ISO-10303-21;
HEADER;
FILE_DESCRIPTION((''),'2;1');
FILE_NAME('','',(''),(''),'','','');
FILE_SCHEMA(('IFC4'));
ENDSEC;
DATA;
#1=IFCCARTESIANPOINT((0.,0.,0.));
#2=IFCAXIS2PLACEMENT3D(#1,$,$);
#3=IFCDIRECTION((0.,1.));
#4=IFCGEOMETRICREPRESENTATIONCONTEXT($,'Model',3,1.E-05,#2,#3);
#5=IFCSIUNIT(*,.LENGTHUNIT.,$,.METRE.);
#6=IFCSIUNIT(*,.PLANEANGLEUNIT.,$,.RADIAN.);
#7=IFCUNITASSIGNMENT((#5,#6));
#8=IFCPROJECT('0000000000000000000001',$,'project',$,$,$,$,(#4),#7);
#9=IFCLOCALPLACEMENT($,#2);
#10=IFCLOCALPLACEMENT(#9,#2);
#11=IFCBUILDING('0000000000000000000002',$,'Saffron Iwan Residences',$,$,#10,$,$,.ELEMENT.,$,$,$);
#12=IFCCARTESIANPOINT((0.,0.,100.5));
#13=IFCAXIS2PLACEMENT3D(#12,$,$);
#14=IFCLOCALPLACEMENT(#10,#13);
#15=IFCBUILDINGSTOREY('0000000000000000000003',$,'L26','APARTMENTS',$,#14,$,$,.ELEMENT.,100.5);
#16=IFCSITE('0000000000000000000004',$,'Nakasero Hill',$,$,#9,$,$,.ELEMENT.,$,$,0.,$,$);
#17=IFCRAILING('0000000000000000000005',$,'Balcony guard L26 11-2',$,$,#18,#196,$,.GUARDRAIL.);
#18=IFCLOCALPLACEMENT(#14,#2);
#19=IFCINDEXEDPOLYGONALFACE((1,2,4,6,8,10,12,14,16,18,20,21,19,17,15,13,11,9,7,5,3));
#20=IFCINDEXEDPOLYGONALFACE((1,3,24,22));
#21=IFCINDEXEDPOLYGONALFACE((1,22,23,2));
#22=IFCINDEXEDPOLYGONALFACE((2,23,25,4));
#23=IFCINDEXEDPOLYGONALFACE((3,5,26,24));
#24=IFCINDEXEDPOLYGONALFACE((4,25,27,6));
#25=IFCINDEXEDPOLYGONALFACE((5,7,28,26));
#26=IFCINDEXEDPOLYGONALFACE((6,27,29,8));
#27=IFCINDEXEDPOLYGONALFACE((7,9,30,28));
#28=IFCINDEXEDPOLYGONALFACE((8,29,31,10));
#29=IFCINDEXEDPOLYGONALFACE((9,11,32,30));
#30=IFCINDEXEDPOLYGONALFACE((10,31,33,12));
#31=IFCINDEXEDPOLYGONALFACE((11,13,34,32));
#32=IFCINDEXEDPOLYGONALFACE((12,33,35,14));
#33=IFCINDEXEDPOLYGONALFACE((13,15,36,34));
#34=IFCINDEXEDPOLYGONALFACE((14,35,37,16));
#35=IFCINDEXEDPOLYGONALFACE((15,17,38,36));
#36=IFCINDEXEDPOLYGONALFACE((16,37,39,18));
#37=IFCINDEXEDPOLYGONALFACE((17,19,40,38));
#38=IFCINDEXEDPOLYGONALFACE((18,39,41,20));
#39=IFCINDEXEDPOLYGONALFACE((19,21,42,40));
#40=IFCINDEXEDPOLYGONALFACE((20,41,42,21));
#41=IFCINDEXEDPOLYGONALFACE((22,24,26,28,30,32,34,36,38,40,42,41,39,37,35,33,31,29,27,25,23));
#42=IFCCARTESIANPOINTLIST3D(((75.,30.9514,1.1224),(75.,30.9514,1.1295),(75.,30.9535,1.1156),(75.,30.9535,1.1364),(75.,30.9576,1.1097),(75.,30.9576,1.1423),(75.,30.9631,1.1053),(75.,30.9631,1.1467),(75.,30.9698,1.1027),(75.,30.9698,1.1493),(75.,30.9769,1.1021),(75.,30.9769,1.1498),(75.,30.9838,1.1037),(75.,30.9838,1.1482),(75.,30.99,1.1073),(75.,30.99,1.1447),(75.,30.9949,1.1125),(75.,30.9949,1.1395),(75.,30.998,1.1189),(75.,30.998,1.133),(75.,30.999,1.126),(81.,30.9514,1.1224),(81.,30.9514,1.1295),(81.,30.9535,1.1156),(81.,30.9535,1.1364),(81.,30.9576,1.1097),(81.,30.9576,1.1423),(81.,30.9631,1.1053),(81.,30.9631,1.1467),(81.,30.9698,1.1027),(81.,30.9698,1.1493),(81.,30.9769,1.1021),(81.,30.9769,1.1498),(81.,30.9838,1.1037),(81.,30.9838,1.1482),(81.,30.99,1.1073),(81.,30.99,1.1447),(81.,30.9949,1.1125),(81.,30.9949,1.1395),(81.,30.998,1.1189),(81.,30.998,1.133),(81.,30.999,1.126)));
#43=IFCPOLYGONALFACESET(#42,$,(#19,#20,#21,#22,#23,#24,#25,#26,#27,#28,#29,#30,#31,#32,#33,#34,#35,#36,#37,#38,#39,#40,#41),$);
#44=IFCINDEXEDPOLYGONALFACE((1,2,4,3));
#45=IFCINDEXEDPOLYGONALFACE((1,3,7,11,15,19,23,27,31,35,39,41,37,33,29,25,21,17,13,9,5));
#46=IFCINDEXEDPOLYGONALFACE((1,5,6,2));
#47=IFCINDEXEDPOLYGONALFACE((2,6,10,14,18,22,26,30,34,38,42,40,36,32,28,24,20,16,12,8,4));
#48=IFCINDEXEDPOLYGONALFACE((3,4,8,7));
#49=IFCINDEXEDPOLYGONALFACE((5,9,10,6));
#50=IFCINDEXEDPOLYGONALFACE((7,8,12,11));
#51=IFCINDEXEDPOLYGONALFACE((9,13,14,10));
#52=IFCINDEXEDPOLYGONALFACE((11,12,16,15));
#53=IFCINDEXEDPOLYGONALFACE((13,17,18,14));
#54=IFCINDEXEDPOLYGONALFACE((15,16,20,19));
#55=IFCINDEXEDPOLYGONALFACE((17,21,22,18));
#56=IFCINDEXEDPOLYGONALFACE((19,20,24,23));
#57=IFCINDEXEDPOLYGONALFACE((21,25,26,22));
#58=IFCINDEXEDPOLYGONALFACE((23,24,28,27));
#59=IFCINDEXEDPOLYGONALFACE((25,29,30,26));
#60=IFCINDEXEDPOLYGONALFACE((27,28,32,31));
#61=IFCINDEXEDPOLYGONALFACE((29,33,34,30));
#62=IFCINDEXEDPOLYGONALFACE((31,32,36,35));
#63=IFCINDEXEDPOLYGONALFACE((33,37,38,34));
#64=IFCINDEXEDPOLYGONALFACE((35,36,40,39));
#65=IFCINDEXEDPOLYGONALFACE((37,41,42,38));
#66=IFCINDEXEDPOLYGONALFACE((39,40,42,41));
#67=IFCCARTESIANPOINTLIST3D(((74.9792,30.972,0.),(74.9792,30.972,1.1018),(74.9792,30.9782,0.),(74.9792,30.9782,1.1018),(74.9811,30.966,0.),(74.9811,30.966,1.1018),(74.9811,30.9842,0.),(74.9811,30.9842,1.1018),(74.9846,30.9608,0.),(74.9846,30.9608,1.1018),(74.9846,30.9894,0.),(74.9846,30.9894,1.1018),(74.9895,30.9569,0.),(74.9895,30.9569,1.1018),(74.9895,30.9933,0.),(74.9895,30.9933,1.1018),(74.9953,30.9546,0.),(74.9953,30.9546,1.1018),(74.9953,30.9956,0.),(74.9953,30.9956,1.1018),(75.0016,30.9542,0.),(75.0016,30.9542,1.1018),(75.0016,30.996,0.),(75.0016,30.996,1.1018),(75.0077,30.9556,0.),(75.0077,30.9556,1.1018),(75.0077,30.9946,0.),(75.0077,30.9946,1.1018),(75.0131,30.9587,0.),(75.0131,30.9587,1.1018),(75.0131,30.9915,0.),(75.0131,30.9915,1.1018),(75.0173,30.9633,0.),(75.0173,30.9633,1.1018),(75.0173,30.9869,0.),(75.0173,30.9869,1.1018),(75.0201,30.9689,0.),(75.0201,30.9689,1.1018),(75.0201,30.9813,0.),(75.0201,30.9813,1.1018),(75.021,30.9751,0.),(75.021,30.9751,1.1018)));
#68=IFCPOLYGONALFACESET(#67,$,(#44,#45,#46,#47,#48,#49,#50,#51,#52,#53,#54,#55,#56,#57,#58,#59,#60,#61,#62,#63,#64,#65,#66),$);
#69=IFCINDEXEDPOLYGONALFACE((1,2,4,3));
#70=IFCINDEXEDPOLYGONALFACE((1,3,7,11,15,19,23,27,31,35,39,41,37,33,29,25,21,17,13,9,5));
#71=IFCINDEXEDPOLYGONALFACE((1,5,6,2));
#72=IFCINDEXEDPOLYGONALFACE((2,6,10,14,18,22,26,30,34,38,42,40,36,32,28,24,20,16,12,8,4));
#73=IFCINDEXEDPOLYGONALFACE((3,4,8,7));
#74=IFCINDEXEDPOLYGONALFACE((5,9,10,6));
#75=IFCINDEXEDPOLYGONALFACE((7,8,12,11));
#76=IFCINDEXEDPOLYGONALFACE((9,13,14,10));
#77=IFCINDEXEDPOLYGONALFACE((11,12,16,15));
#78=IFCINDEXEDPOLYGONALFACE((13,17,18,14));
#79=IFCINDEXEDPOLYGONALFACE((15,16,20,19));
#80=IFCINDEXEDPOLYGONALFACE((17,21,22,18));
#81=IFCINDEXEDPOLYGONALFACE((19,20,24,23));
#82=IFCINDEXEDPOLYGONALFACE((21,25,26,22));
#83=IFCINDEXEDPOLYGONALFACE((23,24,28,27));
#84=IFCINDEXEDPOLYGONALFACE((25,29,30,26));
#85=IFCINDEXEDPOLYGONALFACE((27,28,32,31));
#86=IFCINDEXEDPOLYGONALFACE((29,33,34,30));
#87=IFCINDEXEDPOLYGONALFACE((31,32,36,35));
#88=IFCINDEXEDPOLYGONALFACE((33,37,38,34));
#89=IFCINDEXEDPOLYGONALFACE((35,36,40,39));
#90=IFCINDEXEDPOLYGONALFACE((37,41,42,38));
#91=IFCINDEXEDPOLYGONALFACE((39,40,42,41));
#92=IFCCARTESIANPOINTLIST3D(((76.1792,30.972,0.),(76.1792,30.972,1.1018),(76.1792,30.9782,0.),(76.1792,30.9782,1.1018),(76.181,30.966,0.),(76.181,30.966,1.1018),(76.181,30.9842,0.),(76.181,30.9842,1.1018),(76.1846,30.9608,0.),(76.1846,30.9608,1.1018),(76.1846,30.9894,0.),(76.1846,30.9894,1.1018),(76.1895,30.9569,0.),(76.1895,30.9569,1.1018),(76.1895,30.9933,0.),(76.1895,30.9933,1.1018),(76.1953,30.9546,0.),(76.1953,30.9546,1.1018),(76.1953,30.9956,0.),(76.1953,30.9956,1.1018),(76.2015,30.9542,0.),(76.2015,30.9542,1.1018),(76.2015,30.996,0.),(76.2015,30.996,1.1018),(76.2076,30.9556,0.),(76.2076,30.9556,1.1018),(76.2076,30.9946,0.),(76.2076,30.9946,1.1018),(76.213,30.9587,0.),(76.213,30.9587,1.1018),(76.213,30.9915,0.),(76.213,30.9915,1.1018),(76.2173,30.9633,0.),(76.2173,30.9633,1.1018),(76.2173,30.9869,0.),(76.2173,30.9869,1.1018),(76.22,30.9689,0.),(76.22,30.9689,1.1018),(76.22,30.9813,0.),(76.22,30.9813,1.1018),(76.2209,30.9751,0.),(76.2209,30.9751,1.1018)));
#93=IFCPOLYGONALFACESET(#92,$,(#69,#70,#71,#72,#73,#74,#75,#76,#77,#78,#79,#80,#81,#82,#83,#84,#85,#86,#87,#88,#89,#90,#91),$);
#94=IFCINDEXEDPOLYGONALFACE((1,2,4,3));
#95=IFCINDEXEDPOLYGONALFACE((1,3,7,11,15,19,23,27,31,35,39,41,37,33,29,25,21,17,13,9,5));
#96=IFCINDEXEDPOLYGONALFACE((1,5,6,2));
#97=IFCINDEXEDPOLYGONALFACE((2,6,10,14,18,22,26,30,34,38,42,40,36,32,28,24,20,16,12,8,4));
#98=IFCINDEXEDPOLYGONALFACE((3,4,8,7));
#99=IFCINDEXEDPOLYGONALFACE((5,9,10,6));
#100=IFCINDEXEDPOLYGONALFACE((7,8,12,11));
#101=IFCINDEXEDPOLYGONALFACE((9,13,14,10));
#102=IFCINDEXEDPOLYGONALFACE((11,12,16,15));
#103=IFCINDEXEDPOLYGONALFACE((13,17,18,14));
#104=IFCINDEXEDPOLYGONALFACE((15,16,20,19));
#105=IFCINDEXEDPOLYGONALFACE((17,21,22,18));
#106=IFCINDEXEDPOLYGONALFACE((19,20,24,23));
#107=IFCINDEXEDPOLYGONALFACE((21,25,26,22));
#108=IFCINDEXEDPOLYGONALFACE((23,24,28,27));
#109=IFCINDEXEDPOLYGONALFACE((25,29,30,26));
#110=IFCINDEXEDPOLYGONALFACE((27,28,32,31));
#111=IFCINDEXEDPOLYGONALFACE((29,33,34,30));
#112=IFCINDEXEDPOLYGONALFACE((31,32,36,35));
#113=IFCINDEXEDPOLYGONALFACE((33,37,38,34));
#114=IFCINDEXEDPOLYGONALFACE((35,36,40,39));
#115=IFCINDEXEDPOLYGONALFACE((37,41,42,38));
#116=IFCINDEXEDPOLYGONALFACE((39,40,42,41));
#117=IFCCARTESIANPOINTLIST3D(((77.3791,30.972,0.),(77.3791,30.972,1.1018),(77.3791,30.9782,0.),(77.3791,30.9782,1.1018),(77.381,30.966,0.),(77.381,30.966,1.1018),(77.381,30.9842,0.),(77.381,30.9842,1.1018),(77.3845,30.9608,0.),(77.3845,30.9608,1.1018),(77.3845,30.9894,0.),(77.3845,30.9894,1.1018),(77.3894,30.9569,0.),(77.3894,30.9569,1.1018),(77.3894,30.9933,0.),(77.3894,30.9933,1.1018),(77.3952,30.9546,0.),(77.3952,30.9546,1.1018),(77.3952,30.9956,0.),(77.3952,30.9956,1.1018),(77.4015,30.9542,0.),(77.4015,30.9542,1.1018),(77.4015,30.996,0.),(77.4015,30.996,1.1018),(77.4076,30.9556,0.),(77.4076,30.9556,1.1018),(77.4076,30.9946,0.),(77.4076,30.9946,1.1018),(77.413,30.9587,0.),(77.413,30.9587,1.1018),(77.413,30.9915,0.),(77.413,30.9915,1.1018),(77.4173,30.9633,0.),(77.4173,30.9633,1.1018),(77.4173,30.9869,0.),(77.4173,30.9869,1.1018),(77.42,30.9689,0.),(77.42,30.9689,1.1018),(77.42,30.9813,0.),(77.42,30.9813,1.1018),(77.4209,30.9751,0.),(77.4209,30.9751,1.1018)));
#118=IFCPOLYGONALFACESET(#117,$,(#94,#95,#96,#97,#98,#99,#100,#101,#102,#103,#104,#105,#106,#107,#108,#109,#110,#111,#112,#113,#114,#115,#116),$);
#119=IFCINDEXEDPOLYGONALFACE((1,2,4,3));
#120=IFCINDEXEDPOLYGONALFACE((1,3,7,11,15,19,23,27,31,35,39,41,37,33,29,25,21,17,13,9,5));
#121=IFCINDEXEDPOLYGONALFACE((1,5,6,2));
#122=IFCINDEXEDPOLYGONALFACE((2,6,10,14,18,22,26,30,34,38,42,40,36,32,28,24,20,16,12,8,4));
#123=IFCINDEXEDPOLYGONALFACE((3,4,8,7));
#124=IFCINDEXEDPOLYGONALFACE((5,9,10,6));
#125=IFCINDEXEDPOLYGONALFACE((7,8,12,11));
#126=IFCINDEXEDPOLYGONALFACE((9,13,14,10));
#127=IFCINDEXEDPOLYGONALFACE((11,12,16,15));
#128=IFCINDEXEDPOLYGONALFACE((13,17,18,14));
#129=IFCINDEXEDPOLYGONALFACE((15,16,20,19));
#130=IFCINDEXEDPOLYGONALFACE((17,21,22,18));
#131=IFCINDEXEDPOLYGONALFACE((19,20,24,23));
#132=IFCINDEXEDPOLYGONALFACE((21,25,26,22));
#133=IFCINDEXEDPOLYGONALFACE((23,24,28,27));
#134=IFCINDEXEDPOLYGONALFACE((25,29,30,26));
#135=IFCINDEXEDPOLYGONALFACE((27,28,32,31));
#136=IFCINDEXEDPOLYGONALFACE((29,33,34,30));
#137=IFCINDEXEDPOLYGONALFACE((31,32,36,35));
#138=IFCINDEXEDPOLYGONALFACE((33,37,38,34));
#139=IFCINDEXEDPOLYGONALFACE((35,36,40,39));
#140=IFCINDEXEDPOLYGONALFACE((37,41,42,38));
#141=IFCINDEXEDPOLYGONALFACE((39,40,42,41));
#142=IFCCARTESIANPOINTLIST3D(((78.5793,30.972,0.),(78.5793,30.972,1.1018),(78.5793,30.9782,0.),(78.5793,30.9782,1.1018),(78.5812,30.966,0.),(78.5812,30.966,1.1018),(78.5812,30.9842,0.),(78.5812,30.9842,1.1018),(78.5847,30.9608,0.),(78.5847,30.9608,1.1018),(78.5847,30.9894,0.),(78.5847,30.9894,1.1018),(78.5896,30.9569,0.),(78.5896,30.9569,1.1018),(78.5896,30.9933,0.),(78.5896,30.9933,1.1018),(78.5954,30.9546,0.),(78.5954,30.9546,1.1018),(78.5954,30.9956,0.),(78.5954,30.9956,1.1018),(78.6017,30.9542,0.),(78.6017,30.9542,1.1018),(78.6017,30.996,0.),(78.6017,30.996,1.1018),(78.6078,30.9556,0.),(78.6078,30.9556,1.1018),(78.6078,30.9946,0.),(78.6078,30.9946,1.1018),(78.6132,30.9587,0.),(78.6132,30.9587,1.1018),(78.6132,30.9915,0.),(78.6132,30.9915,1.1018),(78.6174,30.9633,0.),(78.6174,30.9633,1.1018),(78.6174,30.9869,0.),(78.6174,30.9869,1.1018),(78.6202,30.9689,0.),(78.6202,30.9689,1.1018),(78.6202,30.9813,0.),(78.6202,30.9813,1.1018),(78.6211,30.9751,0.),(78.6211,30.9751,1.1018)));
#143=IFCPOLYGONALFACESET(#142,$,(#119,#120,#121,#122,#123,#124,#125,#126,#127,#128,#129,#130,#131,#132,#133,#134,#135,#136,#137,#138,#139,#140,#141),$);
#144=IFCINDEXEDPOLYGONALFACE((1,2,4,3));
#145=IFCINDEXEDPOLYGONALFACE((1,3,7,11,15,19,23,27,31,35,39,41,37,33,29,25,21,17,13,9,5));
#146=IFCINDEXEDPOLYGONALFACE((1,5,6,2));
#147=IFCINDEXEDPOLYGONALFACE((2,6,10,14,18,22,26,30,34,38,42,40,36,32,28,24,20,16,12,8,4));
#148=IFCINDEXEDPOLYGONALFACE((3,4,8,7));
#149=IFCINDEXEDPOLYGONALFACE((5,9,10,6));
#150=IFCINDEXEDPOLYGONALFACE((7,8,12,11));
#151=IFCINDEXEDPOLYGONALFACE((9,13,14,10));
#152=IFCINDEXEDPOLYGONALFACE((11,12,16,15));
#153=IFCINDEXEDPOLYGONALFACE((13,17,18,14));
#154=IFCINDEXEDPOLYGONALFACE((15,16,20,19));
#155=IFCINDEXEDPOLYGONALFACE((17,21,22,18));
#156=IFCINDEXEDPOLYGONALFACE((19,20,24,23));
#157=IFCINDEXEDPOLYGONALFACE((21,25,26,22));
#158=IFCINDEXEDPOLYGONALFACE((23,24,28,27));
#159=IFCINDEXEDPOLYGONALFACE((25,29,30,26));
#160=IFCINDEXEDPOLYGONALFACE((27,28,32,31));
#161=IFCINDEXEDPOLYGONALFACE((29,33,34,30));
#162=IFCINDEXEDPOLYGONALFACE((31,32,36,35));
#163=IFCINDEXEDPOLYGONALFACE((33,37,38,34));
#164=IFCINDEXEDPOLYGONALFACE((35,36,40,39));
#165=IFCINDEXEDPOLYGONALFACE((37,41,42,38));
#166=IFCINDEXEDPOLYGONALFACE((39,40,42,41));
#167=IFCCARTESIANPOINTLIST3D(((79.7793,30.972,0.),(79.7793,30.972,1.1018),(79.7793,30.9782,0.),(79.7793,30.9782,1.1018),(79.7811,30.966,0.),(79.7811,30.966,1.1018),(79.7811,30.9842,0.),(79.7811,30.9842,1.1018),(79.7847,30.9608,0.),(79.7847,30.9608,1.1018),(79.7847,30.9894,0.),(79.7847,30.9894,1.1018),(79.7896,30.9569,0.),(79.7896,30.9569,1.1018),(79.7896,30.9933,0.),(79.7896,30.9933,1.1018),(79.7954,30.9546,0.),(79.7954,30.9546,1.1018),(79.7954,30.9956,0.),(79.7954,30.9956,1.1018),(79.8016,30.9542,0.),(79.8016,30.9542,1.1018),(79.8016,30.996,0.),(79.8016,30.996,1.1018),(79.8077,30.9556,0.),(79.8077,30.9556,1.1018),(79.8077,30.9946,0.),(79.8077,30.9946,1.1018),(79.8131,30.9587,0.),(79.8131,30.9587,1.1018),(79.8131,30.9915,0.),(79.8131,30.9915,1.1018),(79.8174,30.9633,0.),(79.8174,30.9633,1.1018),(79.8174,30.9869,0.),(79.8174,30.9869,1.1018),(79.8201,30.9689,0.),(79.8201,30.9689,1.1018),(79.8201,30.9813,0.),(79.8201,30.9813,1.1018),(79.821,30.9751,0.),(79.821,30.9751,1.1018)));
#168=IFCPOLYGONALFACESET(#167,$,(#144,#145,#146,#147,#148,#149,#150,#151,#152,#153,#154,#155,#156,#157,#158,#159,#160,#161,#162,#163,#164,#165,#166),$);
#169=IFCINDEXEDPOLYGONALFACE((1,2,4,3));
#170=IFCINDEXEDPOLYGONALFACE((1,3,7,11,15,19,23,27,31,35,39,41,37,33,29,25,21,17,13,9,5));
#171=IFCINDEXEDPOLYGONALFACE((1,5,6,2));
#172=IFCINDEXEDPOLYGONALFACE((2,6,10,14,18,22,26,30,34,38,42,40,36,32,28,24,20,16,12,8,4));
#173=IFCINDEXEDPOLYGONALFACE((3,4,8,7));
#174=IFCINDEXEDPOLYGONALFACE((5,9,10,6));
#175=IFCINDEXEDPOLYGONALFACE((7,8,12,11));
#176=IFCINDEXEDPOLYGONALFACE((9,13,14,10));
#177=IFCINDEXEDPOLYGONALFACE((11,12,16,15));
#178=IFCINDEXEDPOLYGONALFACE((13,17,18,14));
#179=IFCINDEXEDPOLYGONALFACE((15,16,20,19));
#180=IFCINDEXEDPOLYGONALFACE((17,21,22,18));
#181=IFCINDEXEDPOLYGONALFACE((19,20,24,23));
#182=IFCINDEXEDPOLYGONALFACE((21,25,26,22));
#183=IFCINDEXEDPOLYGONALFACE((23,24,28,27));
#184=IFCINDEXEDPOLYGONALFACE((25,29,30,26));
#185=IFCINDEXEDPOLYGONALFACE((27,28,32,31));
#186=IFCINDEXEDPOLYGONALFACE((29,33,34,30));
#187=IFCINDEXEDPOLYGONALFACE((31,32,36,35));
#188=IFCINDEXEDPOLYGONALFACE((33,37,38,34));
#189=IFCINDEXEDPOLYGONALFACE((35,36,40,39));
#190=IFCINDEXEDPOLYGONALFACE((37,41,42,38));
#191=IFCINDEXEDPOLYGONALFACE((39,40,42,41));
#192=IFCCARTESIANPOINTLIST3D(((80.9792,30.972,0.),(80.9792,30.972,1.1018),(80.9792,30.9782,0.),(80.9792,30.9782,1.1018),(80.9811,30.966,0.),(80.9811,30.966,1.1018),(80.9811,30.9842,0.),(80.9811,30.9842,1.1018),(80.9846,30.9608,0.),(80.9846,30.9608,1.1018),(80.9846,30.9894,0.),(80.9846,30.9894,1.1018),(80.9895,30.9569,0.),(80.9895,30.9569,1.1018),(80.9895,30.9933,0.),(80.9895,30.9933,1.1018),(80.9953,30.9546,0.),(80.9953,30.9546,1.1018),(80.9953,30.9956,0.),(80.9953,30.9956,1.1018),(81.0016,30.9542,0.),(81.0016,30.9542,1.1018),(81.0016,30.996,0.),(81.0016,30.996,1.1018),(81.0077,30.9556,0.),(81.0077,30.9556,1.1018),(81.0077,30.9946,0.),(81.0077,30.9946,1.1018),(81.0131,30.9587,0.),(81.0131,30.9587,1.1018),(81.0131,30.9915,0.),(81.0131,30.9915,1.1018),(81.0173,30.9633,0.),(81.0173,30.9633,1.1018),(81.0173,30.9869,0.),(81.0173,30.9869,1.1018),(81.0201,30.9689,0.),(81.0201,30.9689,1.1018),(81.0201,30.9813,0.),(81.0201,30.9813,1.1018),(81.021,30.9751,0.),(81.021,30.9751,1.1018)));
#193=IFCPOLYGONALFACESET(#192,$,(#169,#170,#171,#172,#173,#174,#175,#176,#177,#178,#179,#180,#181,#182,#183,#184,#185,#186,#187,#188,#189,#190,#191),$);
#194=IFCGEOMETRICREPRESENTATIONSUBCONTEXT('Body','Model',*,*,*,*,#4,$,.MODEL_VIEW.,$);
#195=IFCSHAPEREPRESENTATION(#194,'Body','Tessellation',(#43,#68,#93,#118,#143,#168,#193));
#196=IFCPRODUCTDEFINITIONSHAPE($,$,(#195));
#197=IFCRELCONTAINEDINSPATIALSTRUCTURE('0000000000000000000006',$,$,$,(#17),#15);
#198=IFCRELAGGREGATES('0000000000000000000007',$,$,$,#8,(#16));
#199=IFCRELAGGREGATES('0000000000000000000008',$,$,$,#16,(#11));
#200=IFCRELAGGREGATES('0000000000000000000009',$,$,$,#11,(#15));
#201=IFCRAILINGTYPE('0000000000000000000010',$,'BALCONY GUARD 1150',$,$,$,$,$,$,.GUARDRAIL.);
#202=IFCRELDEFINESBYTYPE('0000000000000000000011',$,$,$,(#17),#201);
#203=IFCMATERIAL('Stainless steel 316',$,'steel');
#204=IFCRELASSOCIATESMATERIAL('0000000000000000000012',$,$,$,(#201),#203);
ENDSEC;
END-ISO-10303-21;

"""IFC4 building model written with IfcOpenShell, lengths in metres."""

from ifc_helpers import new_model, si_unit, direction, frame, origin, origin_2d, place, context, subcontext, project, spatial, circle, extrude, material, type_object, element, save


model = new_model("IFC4")

# Units and contexts
model_context = context("Model", 3, precision=1e-05, world=origin(), true_north=direction((0.0, 1.0)))
body_context = subcontext(model_context, "Body", "Model", "MODEL_VIEW")
ifc_project = project(units=[si_unit("LENGTHUNIT", "METRE"), si_unit("PLANEANGLEUNIT", "RADIAN")], contexts=[model_context])

# Site, building, storey
site_placement = place(None, origin())
site = spatial("IfcSite", under=ifc_project, at=site_placement, Name="Nakasero Hill", CompositionType="ELEMENT", RefElevation=0.0)
building_placement = place(site_placement, origin())
building = spatial("IfcBuilding", under=site, at=building_placement, Name="Saffron Iwan Residences", CompositionType="ELEMENT")
storey_placement = place(building_placement, frame((0.0, 0.0, 100.5)))
storey = spatial("IfcBuildingStorey", under=building, at=storey_placement, Name="L26", Description="APARTMENTS", CompositionType="ELEMENT", Elevation=100.5)

# Railing
ifc_material_1 = material(Name="Stainless steel 316", Category="steel")
railing_type = type_object("IfcRailingType", Name="BALCONY GUARD 1150", PredefinedType="GUARDRAIL", material=ifc_material_1)
railing_placement = place(storey_placement, frame((75.0, 30.9751, 0.0)))
element("IfcRailing", 1, at=railing_placement, inside=storey, type_object=railing_type, Name="Balcony guard L26 11-2", PredefinedType="GUARDRAIL", context=body_context, shape_type="SweptSolid", body=[
    extrude(circle(Radius=0.0239, at=origin_2d()), frame((0.0, 0.0, 1.126), z_axis=(1.0, 0.0, 0.0), x_axis=(0.0, 1.0, 0.0)), (0.0, 0.0, 1.0), 6.0),
    extrude(circle(Radius=0.021, at=origin_2d()), origin(), (0.0, 0.0, 1.0), 1.1018),
    extrude(circle(Radius=0.021, at=origin_2d()), frame((1.2, 0.0, 0.0)), (0.0, 0.0, 1.0), 1.1018),
    extrude(circle(Radius=0.021, at=origin_2d()), frame((2.3999, 0.0, 0.0)), (0.0, 0.0, 1.0), 1.1018),
    extrude(circle(Radius=0.021, at=origin_2d()), frame((3.6001, 0.0, 0.0)), (0.0, 0.0, 1.0), 1.1018),
    extrude(circle(Radius=0.021, at=origin_2d()), frame((4.8, 0.0, 0.0)), (0.0, 0.0, 1.0), 1.1018),
    extrude(circle(Radius=0.021, at=origin_2d()), frame((6.0, 0.0, 0.0)), (0.0, 0.0, 1.0), 1.1018),
])

save(model, "model.ifc")
